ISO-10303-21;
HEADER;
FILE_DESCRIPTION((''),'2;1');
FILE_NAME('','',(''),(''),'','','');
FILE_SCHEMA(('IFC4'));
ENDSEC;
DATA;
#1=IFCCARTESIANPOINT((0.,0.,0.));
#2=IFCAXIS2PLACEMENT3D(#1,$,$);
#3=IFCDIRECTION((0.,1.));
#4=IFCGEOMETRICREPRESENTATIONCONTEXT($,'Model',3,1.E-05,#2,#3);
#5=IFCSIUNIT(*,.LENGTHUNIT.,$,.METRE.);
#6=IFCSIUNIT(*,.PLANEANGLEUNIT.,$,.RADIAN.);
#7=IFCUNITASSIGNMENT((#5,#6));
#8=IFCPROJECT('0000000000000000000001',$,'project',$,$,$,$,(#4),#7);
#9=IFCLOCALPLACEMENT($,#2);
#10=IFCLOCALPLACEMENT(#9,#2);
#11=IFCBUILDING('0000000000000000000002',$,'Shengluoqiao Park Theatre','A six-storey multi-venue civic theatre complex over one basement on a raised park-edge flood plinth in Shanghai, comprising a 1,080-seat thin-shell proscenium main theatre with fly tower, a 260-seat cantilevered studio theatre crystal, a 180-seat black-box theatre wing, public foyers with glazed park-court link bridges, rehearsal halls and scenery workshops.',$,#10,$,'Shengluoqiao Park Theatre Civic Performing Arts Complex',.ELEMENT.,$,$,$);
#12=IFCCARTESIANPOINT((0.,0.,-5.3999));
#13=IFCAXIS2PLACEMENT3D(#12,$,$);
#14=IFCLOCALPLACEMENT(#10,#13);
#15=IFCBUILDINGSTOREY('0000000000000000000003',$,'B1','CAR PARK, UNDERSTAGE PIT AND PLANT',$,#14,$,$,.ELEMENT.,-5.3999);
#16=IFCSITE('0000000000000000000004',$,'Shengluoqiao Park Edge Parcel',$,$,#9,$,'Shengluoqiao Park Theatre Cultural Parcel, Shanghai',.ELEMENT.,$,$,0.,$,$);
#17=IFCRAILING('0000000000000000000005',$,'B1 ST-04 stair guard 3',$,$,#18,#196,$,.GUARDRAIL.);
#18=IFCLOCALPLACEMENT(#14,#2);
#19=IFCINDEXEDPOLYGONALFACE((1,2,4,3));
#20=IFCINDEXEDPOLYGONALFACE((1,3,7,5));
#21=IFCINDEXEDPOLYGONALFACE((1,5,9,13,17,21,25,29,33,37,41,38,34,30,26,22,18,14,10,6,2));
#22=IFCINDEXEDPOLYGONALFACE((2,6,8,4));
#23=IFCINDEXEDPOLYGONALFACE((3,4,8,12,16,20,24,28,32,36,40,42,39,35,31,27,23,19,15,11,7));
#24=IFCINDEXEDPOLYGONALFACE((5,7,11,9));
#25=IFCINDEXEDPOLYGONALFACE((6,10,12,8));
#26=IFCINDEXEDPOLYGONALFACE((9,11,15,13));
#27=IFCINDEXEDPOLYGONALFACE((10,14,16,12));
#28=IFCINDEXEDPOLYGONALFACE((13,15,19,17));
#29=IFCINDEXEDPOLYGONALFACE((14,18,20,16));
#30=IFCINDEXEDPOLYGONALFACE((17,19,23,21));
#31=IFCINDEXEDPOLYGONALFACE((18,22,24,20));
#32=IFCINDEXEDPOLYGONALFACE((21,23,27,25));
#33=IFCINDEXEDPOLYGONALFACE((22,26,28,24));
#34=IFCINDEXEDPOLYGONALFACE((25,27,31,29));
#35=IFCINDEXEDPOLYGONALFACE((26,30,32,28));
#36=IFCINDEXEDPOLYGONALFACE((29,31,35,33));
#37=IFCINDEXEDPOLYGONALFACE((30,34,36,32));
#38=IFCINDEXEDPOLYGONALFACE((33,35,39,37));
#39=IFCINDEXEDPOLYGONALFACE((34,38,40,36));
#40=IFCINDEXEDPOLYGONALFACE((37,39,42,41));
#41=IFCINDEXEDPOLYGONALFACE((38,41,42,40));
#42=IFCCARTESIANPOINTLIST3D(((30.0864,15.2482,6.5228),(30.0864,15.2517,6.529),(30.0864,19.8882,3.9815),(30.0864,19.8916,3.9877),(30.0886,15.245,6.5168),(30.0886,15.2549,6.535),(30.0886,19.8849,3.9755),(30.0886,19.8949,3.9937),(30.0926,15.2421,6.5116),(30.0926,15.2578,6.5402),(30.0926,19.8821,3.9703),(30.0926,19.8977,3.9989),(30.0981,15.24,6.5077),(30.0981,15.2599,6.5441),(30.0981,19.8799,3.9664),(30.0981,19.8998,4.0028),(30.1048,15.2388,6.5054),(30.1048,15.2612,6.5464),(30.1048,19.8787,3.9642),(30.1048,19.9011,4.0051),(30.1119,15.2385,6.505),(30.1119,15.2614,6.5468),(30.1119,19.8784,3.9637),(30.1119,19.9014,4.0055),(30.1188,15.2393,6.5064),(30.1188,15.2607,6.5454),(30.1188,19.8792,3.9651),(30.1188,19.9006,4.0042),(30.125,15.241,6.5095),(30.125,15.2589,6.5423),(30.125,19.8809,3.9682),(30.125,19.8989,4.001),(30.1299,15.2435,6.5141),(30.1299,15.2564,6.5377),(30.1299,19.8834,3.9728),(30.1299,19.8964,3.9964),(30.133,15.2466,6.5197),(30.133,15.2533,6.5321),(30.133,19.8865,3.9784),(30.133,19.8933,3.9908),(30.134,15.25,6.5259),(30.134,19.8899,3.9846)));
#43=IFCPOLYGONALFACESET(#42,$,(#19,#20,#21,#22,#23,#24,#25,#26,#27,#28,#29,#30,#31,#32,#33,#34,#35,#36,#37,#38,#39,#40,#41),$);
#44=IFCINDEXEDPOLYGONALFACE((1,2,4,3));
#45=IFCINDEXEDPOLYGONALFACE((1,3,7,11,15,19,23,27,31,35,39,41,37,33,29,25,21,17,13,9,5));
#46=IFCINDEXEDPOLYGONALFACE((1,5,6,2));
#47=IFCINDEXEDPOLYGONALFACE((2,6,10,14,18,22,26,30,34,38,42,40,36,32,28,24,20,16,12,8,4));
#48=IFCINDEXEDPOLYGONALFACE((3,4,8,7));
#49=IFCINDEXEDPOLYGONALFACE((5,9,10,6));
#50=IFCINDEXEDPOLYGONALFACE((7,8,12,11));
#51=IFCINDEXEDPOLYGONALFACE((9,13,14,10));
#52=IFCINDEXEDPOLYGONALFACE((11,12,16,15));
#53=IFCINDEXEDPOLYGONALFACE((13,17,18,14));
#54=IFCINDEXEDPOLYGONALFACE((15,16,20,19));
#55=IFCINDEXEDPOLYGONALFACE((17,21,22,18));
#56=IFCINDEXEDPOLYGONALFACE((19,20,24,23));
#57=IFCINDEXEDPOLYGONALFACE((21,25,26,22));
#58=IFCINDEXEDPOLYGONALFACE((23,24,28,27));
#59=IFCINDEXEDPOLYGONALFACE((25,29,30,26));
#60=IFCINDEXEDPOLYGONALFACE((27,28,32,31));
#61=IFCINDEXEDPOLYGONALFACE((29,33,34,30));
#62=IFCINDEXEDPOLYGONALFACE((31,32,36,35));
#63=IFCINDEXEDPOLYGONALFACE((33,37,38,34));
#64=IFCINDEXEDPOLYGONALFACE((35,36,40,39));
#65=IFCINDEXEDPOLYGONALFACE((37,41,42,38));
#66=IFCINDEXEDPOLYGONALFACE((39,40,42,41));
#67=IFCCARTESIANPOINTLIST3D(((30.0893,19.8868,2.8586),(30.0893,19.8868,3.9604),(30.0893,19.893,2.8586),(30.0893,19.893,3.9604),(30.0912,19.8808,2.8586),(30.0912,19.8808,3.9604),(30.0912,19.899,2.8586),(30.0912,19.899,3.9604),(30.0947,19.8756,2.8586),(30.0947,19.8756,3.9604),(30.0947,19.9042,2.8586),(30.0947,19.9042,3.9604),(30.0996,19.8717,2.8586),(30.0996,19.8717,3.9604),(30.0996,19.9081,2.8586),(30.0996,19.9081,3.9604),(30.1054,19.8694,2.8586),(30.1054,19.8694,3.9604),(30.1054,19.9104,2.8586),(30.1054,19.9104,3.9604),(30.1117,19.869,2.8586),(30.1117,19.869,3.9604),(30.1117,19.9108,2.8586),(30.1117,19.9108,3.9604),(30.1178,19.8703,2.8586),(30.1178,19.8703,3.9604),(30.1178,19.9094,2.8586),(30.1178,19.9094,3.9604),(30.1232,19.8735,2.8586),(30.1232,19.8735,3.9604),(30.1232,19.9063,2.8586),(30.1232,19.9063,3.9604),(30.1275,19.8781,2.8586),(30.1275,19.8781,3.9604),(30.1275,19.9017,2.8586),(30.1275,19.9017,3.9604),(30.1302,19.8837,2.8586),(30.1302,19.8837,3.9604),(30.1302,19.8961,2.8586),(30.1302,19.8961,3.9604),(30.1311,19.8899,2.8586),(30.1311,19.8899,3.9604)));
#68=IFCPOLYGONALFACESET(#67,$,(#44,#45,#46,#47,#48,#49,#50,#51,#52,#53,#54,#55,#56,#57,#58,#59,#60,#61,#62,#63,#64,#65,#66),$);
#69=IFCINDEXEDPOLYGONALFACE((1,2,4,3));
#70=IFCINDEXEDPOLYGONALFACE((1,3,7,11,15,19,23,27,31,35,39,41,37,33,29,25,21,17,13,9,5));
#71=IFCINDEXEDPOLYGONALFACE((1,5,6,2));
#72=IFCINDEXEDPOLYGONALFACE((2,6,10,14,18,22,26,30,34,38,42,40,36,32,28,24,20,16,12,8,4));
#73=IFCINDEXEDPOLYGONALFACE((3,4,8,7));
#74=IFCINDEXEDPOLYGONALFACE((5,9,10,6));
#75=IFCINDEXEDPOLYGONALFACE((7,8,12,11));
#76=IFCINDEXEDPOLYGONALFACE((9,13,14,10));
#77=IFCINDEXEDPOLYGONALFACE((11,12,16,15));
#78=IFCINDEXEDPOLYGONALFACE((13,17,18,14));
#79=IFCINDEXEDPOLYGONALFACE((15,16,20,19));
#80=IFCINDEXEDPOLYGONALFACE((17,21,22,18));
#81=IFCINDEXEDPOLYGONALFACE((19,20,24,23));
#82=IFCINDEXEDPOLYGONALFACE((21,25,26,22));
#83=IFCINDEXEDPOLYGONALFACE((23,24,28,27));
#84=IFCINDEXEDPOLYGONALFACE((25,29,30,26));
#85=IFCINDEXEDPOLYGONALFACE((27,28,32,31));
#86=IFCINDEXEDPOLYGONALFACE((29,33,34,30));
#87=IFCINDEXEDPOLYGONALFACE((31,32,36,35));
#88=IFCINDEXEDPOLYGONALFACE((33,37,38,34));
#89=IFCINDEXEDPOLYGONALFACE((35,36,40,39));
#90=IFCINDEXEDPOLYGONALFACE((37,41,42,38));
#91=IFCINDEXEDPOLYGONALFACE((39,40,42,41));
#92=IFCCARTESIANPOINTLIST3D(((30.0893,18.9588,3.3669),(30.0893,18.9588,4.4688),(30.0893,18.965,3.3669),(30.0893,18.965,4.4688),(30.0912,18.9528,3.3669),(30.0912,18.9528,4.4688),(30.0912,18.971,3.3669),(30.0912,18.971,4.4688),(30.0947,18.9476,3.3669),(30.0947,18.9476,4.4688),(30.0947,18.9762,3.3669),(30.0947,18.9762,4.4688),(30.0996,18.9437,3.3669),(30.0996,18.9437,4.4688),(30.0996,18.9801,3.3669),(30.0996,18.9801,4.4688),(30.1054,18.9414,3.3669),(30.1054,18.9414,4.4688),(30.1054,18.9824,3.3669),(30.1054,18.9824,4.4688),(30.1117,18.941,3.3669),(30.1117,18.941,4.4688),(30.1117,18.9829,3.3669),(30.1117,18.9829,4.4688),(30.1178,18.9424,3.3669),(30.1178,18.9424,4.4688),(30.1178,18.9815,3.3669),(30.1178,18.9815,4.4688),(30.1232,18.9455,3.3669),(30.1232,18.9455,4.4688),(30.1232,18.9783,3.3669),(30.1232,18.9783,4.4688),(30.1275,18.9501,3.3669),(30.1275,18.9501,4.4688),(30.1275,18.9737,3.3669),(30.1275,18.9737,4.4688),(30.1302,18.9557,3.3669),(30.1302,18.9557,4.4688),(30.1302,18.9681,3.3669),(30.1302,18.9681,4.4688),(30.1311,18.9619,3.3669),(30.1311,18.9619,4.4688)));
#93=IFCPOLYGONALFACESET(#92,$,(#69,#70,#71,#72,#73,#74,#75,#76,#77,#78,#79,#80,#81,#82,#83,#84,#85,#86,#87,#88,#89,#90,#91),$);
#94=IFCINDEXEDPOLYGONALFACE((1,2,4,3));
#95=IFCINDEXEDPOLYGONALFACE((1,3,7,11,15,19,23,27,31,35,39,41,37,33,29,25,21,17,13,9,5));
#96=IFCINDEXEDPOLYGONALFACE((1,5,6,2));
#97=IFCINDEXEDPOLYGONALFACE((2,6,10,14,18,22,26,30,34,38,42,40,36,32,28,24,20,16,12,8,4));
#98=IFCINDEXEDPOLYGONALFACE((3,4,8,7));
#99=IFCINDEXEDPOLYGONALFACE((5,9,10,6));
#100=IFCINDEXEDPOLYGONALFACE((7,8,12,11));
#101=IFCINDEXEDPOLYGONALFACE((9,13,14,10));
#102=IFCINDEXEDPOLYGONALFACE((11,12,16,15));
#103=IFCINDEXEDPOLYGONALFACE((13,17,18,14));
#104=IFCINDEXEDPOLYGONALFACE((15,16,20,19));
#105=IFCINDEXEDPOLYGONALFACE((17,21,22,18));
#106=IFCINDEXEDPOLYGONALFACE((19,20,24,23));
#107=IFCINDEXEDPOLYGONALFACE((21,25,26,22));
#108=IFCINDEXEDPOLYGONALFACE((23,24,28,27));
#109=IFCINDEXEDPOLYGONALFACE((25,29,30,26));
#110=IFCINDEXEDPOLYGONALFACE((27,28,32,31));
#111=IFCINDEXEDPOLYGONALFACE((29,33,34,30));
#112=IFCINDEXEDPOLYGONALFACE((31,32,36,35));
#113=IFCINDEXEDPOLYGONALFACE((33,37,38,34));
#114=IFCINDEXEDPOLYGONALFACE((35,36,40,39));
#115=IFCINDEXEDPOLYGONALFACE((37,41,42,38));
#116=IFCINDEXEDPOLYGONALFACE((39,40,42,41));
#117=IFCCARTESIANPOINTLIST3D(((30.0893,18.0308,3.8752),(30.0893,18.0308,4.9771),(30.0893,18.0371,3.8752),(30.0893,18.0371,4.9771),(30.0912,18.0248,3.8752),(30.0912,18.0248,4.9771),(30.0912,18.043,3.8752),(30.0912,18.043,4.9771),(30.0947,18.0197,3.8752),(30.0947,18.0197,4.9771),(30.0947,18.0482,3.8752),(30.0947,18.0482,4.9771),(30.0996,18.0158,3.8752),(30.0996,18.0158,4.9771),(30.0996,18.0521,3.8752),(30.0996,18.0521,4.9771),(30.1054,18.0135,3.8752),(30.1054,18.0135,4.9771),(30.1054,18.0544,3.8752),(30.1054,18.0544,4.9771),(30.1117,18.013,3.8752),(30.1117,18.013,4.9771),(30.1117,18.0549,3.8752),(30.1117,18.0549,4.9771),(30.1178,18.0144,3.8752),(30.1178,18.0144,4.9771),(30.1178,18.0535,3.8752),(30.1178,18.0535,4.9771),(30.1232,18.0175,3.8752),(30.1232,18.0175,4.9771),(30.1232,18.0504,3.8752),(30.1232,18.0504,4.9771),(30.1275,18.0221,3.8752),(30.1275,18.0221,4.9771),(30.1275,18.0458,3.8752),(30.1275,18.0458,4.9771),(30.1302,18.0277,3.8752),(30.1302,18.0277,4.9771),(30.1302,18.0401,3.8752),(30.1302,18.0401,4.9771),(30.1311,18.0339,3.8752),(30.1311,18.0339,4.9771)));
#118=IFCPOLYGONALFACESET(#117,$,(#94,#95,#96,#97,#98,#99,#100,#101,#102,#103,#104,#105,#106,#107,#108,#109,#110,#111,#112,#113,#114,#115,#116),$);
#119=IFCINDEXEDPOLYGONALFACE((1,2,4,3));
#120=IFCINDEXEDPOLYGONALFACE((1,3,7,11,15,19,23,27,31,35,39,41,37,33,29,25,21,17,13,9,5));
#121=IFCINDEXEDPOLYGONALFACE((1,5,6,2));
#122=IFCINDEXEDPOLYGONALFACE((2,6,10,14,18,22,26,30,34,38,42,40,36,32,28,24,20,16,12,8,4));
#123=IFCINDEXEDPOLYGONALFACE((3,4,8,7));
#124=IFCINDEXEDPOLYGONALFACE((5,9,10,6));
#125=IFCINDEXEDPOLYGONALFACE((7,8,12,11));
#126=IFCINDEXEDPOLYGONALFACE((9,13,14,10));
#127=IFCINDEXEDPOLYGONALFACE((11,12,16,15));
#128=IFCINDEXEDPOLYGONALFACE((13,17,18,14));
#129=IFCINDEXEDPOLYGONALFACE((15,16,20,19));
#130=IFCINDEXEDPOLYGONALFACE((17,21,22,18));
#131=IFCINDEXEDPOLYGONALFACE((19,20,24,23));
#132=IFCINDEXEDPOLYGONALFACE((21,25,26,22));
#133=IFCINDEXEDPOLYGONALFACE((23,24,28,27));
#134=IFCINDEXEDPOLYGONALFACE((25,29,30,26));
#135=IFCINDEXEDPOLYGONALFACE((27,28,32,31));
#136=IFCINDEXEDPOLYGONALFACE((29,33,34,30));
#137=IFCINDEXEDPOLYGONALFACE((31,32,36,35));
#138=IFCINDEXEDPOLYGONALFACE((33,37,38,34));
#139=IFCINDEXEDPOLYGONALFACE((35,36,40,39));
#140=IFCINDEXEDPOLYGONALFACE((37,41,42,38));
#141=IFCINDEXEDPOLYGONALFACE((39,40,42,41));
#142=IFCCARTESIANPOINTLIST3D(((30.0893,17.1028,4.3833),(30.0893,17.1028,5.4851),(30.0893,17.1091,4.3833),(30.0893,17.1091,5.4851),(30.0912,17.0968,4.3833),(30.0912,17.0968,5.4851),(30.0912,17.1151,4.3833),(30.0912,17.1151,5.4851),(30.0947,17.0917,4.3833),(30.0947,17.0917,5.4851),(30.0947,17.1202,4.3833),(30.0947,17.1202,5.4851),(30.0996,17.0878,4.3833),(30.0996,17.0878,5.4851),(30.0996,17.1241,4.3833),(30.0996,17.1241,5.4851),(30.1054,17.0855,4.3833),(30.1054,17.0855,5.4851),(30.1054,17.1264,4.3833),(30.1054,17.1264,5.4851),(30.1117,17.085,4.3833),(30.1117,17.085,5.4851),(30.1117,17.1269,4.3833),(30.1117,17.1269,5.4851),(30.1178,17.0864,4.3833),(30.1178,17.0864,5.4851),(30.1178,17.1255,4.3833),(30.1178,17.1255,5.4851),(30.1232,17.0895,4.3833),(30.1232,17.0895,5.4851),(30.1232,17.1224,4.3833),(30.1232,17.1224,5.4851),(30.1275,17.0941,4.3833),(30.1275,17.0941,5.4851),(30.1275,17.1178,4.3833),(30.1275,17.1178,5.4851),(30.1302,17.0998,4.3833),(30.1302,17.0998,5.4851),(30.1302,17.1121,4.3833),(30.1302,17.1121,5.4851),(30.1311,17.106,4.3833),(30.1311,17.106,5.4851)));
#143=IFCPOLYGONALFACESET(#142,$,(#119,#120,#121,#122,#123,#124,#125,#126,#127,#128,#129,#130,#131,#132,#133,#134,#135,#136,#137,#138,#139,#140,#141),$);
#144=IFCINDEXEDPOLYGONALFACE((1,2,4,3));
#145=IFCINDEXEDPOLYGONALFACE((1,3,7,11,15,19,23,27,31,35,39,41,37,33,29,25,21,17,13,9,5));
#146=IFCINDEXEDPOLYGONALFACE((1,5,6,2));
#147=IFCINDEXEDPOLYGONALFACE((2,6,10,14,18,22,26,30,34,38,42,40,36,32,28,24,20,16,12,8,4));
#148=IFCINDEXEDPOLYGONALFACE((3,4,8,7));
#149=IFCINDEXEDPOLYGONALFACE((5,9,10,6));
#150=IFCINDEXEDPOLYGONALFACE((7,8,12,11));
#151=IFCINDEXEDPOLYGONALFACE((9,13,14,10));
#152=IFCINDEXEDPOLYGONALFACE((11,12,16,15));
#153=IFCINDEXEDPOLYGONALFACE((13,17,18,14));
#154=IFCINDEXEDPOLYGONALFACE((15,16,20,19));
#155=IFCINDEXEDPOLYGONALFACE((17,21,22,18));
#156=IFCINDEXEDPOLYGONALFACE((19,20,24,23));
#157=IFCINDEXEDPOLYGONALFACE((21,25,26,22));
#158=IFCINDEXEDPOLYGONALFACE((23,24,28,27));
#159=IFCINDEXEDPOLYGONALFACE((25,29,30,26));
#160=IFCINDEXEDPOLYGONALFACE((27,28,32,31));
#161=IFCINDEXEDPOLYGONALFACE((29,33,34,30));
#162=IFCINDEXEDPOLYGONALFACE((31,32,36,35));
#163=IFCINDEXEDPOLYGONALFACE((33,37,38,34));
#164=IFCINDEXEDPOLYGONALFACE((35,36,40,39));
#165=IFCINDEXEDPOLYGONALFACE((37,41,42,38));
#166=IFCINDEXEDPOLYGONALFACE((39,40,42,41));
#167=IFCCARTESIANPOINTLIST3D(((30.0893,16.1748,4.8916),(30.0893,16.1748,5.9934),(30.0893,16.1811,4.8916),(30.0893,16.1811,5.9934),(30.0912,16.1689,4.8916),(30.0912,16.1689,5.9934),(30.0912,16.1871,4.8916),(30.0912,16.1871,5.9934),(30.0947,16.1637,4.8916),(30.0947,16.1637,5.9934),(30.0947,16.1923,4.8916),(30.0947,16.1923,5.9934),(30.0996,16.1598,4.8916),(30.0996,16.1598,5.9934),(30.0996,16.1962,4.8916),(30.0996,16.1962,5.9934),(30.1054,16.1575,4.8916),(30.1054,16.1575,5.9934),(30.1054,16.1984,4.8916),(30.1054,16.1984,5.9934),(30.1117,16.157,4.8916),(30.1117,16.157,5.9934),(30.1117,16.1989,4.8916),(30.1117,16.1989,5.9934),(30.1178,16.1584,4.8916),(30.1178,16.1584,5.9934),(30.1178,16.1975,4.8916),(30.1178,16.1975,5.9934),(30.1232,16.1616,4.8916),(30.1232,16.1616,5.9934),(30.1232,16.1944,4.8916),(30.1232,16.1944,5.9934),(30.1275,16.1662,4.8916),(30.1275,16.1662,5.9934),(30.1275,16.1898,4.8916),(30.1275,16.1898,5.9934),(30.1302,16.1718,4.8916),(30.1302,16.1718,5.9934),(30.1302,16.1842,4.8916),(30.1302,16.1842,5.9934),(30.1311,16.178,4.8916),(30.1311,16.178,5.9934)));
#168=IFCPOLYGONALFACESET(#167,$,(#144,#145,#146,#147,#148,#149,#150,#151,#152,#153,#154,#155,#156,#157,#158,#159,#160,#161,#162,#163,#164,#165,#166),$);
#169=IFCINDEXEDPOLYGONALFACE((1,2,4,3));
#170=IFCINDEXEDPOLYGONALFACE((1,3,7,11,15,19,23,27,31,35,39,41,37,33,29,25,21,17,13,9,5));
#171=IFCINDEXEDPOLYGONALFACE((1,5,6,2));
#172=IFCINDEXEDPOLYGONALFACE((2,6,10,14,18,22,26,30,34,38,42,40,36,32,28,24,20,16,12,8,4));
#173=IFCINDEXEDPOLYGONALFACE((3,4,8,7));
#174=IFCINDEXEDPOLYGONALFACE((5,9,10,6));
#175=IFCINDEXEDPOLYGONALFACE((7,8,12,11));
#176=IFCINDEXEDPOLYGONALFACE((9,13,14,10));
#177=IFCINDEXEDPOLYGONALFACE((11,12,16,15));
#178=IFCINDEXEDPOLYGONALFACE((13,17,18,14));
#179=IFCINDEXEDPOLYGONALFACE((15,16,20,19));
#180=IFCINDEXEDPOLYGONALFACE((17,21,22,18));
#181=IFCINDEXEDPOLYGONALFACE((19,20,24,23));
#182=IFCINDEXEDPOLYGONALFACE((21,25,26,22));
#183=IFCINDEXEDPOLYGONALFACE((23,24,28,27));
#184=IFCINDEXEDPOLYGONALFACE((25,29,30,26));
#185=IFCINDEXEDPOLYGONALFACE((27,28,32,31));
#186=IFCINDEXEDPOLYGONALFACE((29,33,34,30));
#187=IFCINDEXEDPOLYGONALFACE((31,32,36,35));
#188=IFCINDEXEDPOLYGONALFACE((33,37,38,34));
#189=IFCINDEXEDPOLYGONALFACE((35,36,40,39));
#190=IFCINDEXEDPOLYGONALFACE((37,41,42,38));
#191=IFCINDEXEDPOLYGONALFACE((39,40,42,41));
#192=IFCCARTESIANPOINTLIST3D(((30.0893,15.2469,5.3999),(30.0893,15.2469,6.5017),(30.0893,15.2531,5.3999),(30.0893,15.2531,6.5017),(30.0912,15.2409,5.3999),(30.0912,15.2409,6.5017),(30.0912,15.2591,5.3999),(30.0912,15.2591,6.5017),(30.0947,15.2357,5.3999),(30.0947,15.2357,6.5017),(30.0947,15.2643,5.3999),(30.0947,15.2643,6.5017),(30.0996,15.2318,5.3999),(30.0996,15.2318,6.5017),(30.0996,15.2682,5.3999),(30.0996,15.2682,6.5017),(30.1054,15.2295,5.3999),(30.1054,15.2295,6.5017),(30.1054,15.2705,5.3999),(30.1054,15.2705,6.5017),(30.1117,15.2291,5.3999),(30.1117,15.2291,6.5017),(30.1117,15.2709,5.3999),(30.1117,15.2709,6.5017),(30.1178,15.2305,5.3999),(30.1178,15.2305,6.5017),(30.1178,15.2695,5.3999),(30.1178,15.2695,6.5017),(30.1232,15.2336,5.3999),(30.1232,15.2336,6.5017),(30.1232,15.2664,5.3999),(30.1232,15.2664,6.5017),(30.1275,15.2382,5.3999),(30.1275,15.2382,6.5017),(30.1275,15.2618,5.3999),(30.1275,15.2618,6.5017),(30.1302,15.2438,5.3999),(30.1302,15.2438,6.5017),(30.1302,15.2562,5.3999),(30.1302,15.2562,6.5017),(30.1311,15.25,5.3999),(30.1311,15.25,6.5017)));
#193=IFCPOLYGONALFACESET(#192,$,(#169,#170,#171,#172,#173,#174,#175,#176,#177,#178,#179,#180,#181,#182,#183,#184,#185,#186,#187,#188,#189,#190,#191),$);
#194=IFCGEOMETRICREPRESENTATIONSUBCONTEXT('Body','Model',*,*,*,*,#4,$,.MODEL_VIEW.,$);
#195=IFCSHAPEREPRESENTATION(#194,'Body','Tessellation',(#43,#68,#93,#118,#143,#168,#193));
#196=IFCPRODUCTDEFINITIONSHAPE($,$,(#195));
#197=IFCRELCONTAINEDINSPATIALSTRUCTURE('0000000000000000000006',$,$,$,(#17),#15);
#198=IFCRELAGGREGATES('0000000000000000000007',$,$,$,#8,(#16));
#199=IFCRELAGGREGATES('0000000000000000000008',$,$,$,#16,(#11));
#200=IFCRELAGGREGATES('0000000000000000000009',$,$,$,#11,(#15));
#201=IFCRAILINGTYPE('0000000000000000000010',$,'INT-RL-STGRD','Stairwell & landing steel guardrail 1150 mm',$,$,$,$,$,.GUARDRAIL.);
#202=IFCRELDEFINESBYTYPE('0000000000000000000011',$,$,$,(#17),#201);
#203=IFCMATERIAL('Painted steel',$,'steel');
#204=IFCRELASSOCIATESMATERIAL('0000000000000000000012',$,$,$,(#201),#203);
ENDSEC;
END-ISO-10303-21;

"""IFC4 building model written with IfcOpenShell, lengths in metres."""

from ifc_helpers import new_model, si_unit, direction, frame, origin, origin_2d, place, context, subcontext, project, spatial, circle, extrude, material, type_object, element, save


model = new_model("IFC4")

# Units and contexts
model_context = context("Model", 3, precision=1e-05, world=origin(), true_north=direction((0.0, 1.0)))
body_context = subcontext(model_context, "Body", "Model", "MODEL_VIEW")
ifc_project = project(units=[si_unit("LENGTHUNIT", "METRE"), si_unit("PLANEANGLEUNIT", "RADIAN")], contexts=[model_context])

# Site, building, storey
site_placement = place(None, origin())
site = spatial("IfcSite", under=ifc_project, at=site_placement, Name="Shengluoqiao Park Edge Parcel", LongName="Shengluoqiao Park Theatre Cultural Parcel, Shanghai", CompositionType="ELEMENT", RefElevation=0.0)
building_placement = place(site_placement, origin())
building = spatial("IfcBuilding", under=site, at=building_placement, Name="Shengluoqiao Park Theatre", Description="A six-storey multi-venue civic theatre complex over one basement on a raised park-edge flood plinth in Shanghai, comprising a 1,080-seat thin-shell proscenium main theatre with fly tower, a 260-seat cantilevered studio theatre crystal, a 180-seat black-box theatre wing, public foyers with glazed park-court link bridges, rehearsal halls and scenery workshops.", LongName="Shengluoqiao Park Theatre Civic Performing Arts Complex", CompositionType="ELEMENT")
storey_placement = place(building_placement, frame((0.0, 0.0, -5.3999)))
storey = spatial("IfcBuildingStorey", under=building, at=storey_placement, Name="B1", Description="CAR PARK, UNDERSTAGE PIT AND PLANT", CompositionType="ELEMENT", Elevation=-5.3999)

# Railing
ifc_material_1 = material(Name="Painted steel", Category="steel")
railing_type = type_object("IfcRailingType", Name="INT-RL-STGRD", Description="Stairwell & landing steel guardrail 1150 mm", PredefinedType="GUARDRAIL", material=ifc_material_1)
railing_1_placement = place(storey_placement, frame((30.1101, 19.8899, 2.8586)))
element("IfcRailing", 1, at=railing_1_placement, inside=storey, type_object=railing_type, Name="B1 ST-04 stair guard 3", PredefinedType="GUARDRAIL", context=body_context, shape_type="SweptSolid", body=[
    extrude(circle(Radius=0.0239, at=origin_2d()), frame((0.0, 0.0, 1.126), z_axis=(0.0, -0.877067, 0.480368), x_axis=(1.0, 0.0, 0.0)), (0.0, 0.0, 1.0), 5.2903),
    extrude(circle(Radius=0.021, at=origin_2d()), origin(), (0.0, 0.0, 1.0), 1.1018),
    extrude(circle(Radius=0.021, at=origin_2d()), frame((0.0, -0.928, 0.5083)), (0.0, 0.0, 1.0), 1.1018),
    extrude(circle(Radius=0.021, at=origin_2d()), frame((0.0, -1.856, 1.0166)), (0.0, 0.0, 1.0), 1.1018),
    extrude(circle(Radius=0.021, at=origin_2d()), frame((0.0, -2.7839, 1.5247)), (0.0, 0.0, 1.0), 1.1018),
    extrude(circle(Radius=0.021, at=origin_2d()), frame((0.0, -3.7119, 2.033)), (0.0, 0.0, 1.0), 1.1018),
    extrude(circle(Radius=0.021, at=origin_2d()), frame((0.0, -4.6399, 2.5413)), (0.0, 0.0, 1.0), 1.1018),
])

save(model, "model.ifc")
